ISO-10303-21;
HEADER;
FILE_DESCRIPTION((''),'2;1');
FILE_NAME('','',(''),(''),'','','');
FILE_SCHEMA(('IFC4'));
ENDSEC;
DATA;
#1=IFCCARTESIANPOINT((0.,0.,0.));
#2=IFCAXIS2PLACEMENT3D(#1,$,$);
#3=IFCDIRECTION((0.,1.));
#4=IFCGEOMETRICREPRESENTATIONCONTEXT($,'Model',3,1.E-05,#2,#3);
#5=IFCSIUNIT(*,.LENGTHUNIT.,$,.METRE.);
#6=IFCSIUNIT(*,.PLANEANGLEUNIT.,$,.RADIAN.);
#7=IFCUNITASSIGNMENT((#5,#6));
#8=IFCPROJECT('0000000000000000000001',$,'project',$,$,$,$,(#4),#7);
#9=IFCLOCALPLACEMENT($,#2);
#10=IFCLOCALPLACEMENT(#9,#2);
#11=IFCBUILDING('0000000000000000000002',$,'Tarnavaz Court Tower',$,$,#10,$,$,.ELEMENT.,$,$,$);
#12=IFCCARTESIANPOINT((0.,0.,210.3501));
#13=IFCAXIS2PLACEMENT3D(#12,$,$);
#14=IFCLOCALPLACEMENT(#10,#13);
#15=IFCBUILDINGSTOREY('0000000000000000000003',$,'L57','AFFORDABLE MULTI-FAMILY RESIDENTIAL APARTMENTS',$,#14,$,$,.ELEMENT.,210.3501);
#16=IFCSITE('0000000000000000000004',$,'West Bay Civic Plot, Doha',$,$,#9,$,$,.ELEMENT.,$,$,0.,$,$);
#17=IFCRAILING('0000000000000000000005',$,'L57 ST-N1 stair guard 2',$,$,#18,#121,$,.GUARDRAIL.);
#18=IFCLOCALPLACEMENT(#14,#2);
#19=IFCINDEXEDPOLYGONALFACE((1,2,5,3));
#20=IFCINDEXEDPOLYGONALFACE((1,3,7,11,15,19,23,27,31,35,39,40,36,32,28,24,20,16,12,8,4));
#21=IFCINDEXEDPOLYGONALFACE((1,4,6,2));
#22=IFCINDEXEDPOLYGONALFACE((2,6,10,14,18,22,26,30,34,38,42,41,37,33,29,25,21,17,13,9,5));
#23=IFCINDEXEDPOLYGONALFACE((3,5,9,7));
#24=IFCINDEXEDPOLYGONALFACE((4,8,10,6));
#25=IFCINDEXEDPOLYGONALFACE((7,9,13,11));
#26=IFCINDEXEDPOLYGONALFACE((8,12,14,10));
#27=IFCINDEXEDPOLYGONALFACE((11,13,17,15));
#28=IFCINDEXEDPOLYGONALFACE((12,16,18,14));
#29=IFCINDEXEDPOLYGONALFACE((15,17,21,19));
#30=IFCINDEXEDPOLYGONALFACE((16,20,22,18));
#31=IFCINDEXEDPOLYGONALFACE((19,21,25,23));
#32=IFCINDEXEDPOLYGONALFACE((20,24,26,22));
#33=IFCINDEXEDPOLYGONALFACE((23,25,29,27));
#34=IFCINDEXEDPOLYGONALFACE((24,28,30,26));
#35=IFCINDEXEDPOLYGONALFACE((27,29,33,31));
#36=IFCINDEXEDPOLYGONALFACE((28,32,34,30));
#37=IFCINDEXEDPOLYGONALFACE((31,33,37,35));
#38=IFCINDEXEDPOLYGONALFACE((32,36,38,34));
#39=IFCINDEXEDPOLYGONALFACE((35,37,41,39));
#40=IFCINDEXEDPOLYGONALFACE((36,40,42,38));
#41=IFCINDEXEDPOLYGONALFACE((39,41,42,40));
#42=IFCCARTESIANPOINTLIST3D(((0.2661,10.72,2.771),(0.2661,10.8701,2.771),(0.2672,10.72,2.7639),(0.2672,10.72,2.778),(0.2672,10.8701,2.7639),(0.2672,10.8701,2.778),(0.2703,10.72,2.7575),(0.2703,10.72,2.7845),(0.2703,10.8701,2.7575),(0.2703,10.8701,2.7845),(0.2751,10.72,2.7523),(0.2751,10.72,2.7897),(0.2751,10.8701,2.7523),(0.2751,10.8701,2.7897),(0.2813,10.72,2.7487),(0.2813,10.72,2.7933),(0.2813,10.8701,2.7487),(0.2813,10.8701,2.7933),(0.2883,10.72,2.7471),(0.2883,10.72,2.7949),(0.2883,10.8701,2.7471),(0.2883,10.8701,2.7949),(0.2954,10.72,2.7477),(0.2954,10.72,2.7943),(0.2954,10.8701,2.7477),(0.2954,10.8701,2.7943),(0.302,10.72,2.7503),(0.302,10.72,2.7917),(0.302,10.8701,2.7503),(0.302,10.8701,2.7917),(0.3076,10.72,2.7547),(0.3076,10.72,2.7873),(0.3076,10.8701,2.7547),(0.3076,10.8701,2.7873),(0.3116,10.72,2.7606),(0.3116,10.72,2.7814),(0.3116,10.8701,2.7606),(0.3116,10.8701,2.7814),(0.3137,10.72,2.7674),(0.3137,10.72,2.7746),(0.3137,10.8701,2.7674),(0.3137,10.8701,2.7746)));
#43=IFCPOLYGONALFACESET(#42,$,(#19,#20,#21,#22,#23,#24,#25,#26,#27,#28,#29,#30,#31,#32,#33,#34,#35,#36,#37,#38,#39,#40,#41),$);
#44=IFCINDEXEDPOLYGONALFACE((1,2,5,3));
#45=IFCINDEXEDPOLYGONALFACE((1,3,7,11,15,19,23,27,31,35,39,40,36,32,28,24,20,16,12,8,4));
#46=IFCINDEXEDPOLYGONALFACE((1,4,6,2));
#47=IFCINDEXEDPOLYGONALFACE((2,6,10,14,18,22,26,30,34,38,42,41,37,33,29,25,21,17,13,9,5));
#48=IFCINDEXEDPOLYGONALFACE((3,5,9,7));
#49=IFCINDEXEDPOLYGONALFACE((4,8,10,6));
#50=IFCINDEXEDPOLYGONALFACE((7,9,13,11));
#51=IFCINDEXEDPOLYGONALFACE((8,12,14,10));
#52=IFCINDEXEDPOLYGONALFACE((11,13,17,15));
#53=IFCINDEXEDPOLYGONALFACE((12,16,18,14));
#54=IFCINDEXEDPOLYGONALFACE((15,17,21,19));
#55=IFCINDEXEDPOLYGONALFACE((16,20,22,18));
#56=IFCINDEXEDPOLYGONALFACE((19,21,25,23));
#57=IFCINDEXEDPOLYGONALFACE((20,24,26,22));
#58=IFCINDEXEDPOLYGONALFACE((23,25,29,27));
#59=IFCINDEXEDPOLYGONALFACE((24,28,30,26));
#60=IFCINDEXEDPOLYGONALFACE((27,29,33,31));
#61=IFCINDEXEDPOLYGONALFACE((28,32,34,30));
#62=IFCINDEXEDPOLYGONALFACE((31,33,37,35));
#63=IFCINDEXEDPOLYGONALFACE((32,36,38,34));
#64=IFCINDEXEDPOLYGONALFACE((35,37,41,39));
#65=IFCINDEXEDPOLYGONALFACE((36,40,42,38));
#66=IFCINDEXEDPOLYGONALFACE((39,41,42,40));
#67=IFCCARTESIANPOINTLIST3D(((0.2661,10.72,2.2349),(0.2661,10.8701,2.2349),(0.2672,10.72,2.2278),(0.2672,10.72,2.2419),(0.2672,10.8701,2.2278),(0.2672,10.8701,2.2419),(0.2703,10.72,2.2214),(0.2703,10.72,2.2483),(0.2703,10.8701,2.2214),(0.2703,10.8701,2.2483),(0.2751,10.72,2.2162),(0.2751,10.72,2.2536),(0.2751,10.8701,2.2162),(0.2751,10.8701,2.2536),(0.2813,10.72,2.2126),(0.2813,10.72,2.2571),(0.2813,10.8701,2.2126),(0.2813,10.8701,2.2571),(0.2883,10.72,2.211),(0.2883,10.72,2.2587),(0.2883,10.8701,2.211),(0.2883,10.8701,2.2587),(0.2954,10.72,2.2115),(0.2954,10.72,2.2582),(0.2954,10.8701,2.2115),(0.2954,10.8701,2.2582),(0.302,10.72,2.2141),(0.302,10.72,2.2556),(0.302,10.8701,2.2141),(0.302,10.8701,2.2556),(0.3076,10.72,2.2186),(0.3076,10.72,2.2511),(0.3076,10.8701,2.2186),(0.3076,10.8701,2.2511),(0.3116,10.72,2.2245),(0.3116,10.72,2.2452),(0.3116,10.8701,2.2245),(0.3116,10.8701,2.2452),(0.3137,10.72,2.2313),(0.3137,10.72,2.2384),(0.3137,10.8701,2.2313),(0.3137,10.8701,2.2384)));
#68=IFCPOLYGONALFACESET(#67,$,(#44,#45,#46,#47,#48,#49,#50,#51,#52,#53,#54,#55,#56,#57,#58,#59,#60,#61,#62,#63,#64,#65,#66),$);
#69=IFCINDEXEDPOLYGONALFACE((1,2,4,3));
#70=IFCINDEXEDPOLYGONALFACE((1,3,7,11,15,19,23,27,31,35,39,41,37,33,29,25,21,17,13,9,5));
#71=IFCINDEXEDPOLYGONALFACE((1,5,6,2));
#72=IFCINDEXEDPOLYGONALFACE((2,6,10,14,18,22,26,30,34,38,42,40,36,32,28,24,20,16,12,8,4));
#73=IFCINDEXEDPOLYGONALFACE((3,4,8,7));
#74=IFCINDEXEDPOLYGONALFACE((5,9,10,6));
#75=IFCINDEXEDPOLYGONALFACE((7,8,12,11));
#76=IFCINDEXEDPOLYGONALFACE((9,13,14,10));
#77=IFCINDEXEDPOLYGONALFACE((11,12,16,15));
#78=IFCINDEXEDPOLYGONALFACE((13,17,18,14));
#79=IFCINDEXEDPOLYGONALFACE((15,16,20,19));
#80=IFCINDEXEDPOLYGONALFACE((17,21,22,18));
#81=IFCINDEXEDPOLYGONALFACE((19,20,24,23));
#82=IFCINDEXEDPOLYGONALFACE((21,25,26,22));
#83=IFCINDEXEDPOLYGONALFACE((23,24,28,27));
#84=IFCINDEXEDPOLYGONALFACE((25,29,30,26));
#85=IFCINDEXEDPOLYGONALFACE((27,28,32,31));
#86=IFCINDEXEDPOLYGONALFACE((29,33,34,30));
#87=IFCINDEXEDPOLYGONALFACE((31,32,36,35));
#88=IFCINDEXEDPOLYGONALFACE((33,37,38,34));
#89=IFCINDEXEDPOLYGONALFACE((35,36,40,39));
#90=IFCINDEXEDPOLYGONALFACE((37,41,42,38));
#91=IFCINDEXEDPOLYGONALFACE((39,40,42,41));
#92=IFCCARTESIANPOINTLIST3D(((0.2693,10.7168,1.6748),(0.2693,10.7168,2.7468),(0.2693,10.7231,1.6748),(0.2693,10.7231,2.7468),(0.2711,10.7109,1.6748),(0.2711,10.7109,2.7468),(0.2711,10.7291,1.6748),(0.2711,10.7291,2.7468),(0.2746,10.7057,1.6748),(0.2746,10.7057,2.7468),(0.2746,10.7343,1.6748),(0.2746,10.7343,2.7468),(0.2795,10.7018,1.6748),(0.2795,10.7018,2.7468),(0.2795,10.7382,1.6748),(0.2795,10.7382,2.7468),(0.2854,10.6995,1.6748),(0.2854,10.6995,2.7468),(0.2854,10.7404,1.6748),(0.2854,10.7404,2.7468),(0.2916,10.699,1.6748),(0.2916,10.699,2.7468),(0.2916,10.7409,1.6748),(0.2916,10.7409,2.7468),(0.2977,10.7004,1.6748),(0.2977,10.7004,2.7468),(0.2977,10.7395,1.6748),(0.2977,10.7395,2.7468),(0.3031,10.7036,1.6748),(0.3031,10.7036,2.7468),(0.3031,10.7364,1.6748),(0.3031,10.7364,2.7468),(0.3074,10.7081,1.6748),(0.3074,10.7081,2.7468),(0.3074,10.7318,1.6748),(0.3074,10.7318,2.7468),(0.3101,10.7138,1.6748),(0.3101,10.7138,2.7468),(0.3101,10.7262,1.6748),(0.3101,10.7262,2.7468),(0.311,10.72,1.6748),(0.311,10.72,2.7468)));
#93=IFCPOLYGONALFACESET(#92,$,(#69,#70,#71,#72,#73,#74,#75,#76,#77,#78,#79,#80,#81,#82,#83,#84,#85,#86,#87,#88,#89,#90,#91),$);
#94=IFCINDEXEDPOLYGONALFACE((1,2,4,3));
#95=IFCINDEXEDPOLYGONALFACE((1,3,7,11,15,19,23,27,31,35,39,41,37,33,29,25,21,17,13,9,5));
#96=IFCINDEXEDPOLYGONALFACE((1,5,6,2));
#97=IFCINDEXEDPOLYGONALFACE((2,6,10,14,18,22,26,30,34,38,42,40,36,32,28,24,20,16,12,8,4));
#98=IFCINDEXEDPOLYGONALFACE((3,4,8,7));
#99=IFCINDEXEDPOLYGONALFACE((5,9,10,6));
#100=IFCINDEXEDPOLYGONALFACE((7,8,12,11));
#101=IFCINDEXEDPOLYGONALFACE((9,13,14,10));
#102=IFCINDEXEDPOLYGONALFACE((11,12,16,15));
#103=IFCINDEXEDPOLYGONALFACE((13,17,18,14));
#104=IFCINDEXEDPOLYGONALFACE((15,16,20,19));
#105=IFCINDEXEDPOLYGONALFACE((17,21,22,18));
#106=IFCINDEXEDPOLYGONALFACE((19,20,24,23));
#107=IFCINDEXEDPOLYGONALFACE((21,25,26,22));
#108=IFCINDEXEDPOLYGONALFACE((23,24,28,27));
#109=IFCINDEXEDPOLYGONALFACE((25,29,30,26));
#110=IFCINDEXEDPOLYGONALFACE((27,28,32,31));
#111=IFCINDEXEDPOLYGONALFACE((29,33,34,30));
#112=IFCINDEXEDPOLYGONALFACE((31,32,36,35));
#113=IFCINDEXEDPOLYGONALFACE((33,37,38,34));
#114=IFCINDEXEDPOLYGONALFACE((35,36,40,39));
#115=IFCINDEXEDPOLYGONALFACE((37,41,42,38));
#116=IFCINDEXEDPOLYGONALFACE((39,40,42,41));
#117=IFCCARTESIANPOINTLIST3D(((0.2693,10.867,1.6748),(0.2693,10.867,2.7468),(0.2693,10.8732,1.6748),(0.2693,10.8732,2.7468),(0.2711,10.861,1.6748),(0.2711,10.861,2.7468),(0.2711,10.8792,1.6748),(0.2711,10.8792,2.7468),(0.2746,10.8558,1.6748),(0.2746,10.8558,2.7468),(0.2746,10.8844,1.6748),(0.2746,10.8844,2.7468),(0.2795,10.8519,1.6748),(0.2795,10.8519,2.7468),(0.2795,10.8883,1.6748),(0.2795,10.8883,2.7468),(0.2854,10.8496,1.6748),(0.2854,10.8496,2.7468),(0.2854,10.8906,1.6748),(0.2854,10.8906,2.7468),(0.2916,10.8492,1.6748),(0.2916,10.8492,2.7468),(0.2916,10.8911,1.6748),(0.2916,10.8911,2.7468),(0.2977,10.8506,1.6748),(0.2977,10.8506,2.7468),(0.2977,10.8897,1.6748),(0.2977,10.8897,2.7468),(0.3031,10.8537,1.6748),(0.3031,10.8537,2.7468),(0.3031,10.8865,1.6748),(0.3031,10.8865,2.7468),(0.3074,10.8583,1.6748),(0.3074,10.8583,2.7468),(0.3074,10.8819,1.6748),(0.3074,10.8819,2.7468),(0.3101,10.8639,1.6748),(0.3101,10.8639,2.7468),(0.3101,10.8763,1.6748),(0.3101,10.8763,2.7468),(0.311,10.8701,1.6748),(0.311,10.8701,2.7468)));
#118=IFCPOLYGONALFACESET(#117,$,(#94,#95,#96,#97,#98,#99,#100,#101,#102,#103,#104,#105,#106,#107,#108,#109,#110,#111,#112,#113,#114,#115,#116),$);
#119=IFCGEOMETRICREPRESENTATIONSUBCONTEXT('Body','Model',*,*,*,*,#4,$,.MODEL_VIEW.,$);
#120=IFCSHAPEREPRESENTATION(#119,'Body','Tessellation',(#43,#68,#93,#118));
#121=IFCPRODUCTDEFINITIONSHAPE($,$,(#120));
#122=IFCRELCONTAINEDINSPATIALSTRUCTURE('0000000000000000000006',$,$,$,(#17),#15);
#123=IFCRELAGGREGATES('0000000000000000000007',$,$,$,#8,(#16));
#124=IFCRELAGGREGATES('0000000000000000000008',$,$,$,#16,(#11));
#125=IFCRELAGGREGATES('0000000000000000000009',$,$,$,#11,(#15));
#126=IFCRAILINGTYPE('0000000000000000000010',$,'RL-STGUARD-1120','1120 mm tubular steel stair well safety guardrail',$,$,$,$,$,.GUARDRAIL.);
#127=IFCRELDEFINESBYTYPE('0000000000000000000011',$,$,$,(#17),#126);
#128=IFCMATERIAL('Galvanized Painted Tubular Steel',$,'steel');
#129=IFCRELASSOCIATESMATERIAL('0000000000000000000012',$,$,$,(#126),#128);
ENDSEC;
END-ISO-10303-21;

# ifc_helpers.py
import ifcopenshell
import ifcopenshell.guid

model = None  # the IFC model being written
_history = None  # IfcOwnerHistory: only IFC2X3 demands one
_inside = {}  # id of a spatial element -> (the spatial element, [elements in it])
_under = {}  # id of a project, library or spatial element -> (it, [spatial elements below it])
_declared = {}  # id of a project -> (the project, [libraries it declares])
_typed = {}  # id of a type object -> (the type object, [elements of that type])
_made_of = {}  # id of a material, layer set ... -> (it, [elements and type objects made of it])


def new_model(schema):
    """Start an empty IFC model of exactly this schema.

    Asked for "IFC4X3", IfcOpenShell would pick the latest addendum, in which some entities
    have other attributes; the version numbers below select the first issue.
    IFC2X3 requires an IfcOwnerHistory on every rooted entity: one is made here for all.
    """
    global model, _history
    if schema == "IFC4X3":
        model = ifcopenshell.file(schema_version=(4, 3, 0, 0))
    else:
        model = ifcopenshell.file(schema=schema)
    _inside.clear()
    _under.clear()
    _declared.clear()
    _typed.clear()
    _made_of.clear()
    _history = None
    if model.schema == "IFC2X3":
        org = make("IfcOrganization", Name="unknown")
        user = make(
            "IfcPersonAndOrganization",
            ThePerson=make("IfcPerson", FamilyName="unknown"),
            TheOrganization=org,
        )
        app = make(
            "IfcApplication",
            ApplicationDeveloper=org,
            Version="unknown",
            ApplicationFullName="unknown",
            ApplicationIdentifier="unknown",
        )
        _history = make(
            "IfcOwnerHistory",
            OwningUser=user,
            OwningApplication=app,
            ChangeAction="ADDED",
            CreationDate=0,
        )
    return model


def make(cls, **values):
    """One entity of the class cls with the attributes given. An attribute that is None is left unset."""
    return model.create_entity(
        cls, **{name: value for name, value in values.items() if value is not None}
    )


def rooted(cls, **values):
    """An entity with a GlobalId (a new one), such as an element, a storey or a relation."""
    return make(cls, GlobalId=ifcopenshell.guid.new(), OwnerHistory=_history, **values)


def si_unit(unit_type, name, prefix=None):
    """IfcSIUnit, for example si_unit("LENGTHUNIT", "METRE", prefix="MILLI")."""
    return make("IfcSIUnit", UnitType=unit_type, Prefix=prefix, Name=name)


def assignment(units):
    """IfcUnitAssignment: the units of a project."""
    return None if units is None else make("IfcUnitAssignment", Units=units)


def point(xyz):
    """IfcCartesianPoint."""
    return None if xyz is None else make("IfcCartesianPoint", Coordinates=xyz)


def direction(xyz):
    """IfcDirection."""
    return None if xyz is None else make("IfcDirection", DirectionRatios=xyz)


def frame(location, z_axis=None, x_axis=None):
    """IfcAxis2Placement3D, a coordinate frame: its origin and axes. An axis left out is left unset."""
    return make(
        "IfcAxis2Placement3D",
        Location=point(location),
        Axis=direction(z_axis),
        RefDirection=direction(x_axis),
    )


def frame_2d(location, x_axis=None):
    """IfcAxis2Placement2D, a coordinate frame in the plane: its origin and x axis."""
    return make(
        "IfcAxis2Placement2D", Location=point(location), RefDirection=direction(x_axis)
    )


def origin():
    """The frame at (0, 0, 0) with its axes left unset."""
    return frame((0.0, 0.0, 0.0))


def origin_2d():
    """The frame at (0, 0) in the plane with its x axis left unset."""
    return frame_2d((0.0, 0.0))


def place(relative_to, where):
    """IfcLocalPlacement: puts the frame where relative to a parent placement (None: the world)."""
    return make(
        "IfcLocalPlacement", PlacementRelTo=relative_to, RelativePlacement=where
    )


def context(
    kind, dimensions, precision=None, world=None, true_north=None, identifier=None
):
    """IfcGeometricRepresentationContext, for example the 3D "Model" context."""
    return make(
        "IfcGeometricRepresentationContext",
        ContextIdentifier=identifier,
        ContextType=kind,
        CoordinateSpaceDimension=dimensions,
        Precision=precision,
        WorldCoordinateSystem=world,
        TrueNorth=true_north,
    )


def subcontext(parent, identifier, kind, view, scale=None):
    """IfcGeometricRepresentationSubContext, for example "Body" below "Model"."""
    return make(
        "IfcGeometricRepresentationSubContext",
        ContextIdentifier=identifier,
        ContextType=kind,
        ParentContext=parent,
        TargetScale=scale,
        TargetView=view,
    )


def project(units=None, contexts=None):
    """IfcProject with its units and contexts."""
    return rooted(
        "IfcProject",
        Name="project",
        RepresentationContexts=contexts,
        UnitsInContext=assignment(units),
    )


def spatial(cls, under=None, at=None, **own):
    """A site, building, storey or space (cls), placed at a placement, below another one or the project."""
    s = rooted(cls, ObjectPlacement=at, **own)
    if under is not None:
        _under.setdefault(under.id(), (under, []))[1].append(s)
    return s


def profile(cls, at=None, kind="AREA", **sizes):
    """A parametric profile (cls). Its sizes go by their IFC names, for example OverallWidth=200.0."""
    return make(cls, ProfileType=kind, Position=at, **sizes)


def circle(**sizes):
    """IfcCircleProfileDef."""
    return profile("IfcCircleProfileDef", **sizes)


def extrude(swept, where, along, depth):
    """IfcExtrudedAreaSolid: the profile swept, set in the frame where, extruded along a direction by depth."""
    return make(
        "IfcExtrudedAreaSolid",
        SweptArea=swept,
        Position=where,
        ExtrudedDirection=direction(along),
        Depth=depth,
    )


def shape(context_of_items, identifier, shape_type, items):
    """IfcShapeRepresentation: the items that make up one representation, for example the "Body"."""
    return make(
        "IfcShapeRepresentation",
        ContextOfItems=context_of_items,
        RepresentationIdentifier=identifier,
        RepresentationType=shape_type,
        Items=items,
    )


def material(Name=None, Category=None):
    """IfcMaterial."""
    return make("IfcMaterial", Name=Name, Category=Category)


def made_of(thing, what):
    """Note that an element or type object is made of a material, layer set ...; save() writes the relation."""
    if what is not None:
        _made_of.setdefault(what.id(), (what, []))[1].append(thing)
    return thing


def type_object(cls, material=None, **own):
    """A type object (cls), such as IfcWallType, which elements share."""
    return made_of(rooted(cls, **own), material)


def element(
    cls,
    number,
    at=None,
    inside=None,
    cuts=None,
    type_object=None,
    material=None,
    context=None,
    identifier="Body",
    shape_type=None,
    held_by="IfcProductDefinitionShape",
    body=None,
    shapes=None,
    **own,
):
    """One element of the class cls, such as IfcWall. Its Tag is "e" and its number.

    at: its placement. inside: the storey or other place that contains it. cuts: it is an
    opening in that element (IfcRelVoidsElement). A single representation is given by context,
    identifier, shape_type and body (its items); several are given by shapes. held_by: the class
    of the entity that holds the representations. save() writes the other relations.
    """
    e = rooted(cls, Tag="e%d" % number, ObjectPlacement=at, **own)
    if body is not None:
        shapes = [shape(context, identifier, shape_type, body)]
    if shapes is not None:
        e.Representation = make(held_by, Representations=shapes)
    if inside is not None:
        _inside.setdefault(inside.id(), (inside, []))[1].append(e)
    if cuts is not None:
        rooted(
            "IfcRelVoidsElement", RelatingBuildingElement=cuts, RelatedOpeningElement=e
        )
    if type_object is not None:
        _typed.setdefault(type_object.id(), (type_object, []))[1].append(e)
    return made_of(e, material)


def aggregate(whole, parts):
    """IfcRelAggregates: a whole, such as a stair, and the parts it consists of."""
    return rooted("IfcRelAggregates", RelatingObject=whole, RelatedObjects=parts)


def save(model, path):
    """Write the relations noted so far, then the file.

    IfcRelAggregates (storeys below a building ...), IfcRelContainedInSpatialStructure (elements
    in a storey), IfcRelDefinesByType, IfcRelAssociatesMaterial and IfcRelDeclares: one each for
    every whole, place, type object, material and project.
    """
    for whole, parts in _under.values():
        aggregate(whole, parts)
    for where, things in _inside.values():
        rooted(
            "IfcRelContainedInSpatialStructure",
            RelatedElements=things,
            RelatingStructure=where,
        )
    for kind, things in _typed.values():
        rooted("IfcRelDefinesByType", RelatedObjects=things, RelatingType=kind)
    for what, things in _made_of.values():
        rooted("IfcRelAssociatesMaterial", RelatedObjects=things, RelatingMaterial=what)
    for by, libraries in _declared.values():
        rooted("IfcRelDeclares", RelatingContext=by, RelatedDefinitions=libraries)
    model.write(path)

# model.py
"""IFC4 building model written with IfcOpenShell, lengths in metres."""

from ifc_helpers import new_model, si_unit, direction, frame, origin, origin_2d, place, context, subcontext, project, spatial, circle, extrude, material, type_object, element, save


model = new_model("IFC4")

# Units and contexts
model_context = context("Model", 3, precision=1e-05, world=origin(), true_north=direction((0.0, 1.0)))
body_context = subcontext(model_context, "Body", "Model", "MODEL_VIEW")
ifc_project = project(units=[si_unit("LENGTHUNIT", "METRE"), si_unit("PLANEANGLEUNIT", "RADIAN")], contexts=[model_context])

# Site, building, storey
site_placement = place(None, origin())
site = spatial("IfcSite", under=ifc_project, at=site_placement, Name="West Bay Civic Plot, Doha", CompositionType="ELEMENT", RefElevation=0.0)
building_placement = place(site_placement, origin())
building = spatial("IfcBuilding", under=site, at=building_placement, Name="Tarnavaz Court Tower", CompositionType="ELEMENT")
storey_placement = place(building_placement, frame((0.0, 0.0, 210.3501)))
storey = spatial("IfcBuildingStorey", under=building, at=storey_placement, Name="L57", Description="AFFORDABLE MULTI-FAMILY RESIDENTIAL APARTMENTS", CompositionType="ELEMENT", Elevation=210.3501)

# Railing
ifc_material_1 = material(Name="Galvanized Painted Tubular Steel", Category="steel")
railing_type_1 = type_object("IfcRailingType", Name="RL-STGUARD-1120", Description="1120 mm tubular steel stair well safety guardrail", PredefinedType="GUARDRAIL", material=ifc_material_1)
railing_1_placement = place(storey_placement, frame((0.29, 10.72, 1.6748)))
element("IfcRailing", 1, at=railing_1_placement, inside=storey, type_object=railing_type_1, Name="L57 ST-N1 stair guard 2", PredefinedType="GUARDRAIL", context=body_context, shape_type="SweptSolid", body=[
    extrude(circle(Radius=0.0239, at=origin_2d()), frame((0.0, 0.0, 1.0962), z_axis=(0.0, 1.0, 0.0), x_axis=(-1.0, 0.0, 0.0)), (0.0, 0.0, 1.0), 0.1501),
    extrude(circle(Radius=0.0239, at=origin_2d()), frame((0.0, 0.0, 0.5601), z_axis=(0.0, 1.0, 0.0), x_axis=(-1.0, 0.0, 0.0)), (0.0, 0.0, 1.0), 0.1501),
    extrude(circle(Radius=0.021, at=origin_2d()), origin(), (0.0, 0.0, 1.0), 1.072),
    extrude(circle(Radius=0.021, at=origin_2d()), frame((0.0, 0.1501, 0.0)), (0.0, 0.0, 1.0), 1.072),
])

save(model, "model.ifc")
